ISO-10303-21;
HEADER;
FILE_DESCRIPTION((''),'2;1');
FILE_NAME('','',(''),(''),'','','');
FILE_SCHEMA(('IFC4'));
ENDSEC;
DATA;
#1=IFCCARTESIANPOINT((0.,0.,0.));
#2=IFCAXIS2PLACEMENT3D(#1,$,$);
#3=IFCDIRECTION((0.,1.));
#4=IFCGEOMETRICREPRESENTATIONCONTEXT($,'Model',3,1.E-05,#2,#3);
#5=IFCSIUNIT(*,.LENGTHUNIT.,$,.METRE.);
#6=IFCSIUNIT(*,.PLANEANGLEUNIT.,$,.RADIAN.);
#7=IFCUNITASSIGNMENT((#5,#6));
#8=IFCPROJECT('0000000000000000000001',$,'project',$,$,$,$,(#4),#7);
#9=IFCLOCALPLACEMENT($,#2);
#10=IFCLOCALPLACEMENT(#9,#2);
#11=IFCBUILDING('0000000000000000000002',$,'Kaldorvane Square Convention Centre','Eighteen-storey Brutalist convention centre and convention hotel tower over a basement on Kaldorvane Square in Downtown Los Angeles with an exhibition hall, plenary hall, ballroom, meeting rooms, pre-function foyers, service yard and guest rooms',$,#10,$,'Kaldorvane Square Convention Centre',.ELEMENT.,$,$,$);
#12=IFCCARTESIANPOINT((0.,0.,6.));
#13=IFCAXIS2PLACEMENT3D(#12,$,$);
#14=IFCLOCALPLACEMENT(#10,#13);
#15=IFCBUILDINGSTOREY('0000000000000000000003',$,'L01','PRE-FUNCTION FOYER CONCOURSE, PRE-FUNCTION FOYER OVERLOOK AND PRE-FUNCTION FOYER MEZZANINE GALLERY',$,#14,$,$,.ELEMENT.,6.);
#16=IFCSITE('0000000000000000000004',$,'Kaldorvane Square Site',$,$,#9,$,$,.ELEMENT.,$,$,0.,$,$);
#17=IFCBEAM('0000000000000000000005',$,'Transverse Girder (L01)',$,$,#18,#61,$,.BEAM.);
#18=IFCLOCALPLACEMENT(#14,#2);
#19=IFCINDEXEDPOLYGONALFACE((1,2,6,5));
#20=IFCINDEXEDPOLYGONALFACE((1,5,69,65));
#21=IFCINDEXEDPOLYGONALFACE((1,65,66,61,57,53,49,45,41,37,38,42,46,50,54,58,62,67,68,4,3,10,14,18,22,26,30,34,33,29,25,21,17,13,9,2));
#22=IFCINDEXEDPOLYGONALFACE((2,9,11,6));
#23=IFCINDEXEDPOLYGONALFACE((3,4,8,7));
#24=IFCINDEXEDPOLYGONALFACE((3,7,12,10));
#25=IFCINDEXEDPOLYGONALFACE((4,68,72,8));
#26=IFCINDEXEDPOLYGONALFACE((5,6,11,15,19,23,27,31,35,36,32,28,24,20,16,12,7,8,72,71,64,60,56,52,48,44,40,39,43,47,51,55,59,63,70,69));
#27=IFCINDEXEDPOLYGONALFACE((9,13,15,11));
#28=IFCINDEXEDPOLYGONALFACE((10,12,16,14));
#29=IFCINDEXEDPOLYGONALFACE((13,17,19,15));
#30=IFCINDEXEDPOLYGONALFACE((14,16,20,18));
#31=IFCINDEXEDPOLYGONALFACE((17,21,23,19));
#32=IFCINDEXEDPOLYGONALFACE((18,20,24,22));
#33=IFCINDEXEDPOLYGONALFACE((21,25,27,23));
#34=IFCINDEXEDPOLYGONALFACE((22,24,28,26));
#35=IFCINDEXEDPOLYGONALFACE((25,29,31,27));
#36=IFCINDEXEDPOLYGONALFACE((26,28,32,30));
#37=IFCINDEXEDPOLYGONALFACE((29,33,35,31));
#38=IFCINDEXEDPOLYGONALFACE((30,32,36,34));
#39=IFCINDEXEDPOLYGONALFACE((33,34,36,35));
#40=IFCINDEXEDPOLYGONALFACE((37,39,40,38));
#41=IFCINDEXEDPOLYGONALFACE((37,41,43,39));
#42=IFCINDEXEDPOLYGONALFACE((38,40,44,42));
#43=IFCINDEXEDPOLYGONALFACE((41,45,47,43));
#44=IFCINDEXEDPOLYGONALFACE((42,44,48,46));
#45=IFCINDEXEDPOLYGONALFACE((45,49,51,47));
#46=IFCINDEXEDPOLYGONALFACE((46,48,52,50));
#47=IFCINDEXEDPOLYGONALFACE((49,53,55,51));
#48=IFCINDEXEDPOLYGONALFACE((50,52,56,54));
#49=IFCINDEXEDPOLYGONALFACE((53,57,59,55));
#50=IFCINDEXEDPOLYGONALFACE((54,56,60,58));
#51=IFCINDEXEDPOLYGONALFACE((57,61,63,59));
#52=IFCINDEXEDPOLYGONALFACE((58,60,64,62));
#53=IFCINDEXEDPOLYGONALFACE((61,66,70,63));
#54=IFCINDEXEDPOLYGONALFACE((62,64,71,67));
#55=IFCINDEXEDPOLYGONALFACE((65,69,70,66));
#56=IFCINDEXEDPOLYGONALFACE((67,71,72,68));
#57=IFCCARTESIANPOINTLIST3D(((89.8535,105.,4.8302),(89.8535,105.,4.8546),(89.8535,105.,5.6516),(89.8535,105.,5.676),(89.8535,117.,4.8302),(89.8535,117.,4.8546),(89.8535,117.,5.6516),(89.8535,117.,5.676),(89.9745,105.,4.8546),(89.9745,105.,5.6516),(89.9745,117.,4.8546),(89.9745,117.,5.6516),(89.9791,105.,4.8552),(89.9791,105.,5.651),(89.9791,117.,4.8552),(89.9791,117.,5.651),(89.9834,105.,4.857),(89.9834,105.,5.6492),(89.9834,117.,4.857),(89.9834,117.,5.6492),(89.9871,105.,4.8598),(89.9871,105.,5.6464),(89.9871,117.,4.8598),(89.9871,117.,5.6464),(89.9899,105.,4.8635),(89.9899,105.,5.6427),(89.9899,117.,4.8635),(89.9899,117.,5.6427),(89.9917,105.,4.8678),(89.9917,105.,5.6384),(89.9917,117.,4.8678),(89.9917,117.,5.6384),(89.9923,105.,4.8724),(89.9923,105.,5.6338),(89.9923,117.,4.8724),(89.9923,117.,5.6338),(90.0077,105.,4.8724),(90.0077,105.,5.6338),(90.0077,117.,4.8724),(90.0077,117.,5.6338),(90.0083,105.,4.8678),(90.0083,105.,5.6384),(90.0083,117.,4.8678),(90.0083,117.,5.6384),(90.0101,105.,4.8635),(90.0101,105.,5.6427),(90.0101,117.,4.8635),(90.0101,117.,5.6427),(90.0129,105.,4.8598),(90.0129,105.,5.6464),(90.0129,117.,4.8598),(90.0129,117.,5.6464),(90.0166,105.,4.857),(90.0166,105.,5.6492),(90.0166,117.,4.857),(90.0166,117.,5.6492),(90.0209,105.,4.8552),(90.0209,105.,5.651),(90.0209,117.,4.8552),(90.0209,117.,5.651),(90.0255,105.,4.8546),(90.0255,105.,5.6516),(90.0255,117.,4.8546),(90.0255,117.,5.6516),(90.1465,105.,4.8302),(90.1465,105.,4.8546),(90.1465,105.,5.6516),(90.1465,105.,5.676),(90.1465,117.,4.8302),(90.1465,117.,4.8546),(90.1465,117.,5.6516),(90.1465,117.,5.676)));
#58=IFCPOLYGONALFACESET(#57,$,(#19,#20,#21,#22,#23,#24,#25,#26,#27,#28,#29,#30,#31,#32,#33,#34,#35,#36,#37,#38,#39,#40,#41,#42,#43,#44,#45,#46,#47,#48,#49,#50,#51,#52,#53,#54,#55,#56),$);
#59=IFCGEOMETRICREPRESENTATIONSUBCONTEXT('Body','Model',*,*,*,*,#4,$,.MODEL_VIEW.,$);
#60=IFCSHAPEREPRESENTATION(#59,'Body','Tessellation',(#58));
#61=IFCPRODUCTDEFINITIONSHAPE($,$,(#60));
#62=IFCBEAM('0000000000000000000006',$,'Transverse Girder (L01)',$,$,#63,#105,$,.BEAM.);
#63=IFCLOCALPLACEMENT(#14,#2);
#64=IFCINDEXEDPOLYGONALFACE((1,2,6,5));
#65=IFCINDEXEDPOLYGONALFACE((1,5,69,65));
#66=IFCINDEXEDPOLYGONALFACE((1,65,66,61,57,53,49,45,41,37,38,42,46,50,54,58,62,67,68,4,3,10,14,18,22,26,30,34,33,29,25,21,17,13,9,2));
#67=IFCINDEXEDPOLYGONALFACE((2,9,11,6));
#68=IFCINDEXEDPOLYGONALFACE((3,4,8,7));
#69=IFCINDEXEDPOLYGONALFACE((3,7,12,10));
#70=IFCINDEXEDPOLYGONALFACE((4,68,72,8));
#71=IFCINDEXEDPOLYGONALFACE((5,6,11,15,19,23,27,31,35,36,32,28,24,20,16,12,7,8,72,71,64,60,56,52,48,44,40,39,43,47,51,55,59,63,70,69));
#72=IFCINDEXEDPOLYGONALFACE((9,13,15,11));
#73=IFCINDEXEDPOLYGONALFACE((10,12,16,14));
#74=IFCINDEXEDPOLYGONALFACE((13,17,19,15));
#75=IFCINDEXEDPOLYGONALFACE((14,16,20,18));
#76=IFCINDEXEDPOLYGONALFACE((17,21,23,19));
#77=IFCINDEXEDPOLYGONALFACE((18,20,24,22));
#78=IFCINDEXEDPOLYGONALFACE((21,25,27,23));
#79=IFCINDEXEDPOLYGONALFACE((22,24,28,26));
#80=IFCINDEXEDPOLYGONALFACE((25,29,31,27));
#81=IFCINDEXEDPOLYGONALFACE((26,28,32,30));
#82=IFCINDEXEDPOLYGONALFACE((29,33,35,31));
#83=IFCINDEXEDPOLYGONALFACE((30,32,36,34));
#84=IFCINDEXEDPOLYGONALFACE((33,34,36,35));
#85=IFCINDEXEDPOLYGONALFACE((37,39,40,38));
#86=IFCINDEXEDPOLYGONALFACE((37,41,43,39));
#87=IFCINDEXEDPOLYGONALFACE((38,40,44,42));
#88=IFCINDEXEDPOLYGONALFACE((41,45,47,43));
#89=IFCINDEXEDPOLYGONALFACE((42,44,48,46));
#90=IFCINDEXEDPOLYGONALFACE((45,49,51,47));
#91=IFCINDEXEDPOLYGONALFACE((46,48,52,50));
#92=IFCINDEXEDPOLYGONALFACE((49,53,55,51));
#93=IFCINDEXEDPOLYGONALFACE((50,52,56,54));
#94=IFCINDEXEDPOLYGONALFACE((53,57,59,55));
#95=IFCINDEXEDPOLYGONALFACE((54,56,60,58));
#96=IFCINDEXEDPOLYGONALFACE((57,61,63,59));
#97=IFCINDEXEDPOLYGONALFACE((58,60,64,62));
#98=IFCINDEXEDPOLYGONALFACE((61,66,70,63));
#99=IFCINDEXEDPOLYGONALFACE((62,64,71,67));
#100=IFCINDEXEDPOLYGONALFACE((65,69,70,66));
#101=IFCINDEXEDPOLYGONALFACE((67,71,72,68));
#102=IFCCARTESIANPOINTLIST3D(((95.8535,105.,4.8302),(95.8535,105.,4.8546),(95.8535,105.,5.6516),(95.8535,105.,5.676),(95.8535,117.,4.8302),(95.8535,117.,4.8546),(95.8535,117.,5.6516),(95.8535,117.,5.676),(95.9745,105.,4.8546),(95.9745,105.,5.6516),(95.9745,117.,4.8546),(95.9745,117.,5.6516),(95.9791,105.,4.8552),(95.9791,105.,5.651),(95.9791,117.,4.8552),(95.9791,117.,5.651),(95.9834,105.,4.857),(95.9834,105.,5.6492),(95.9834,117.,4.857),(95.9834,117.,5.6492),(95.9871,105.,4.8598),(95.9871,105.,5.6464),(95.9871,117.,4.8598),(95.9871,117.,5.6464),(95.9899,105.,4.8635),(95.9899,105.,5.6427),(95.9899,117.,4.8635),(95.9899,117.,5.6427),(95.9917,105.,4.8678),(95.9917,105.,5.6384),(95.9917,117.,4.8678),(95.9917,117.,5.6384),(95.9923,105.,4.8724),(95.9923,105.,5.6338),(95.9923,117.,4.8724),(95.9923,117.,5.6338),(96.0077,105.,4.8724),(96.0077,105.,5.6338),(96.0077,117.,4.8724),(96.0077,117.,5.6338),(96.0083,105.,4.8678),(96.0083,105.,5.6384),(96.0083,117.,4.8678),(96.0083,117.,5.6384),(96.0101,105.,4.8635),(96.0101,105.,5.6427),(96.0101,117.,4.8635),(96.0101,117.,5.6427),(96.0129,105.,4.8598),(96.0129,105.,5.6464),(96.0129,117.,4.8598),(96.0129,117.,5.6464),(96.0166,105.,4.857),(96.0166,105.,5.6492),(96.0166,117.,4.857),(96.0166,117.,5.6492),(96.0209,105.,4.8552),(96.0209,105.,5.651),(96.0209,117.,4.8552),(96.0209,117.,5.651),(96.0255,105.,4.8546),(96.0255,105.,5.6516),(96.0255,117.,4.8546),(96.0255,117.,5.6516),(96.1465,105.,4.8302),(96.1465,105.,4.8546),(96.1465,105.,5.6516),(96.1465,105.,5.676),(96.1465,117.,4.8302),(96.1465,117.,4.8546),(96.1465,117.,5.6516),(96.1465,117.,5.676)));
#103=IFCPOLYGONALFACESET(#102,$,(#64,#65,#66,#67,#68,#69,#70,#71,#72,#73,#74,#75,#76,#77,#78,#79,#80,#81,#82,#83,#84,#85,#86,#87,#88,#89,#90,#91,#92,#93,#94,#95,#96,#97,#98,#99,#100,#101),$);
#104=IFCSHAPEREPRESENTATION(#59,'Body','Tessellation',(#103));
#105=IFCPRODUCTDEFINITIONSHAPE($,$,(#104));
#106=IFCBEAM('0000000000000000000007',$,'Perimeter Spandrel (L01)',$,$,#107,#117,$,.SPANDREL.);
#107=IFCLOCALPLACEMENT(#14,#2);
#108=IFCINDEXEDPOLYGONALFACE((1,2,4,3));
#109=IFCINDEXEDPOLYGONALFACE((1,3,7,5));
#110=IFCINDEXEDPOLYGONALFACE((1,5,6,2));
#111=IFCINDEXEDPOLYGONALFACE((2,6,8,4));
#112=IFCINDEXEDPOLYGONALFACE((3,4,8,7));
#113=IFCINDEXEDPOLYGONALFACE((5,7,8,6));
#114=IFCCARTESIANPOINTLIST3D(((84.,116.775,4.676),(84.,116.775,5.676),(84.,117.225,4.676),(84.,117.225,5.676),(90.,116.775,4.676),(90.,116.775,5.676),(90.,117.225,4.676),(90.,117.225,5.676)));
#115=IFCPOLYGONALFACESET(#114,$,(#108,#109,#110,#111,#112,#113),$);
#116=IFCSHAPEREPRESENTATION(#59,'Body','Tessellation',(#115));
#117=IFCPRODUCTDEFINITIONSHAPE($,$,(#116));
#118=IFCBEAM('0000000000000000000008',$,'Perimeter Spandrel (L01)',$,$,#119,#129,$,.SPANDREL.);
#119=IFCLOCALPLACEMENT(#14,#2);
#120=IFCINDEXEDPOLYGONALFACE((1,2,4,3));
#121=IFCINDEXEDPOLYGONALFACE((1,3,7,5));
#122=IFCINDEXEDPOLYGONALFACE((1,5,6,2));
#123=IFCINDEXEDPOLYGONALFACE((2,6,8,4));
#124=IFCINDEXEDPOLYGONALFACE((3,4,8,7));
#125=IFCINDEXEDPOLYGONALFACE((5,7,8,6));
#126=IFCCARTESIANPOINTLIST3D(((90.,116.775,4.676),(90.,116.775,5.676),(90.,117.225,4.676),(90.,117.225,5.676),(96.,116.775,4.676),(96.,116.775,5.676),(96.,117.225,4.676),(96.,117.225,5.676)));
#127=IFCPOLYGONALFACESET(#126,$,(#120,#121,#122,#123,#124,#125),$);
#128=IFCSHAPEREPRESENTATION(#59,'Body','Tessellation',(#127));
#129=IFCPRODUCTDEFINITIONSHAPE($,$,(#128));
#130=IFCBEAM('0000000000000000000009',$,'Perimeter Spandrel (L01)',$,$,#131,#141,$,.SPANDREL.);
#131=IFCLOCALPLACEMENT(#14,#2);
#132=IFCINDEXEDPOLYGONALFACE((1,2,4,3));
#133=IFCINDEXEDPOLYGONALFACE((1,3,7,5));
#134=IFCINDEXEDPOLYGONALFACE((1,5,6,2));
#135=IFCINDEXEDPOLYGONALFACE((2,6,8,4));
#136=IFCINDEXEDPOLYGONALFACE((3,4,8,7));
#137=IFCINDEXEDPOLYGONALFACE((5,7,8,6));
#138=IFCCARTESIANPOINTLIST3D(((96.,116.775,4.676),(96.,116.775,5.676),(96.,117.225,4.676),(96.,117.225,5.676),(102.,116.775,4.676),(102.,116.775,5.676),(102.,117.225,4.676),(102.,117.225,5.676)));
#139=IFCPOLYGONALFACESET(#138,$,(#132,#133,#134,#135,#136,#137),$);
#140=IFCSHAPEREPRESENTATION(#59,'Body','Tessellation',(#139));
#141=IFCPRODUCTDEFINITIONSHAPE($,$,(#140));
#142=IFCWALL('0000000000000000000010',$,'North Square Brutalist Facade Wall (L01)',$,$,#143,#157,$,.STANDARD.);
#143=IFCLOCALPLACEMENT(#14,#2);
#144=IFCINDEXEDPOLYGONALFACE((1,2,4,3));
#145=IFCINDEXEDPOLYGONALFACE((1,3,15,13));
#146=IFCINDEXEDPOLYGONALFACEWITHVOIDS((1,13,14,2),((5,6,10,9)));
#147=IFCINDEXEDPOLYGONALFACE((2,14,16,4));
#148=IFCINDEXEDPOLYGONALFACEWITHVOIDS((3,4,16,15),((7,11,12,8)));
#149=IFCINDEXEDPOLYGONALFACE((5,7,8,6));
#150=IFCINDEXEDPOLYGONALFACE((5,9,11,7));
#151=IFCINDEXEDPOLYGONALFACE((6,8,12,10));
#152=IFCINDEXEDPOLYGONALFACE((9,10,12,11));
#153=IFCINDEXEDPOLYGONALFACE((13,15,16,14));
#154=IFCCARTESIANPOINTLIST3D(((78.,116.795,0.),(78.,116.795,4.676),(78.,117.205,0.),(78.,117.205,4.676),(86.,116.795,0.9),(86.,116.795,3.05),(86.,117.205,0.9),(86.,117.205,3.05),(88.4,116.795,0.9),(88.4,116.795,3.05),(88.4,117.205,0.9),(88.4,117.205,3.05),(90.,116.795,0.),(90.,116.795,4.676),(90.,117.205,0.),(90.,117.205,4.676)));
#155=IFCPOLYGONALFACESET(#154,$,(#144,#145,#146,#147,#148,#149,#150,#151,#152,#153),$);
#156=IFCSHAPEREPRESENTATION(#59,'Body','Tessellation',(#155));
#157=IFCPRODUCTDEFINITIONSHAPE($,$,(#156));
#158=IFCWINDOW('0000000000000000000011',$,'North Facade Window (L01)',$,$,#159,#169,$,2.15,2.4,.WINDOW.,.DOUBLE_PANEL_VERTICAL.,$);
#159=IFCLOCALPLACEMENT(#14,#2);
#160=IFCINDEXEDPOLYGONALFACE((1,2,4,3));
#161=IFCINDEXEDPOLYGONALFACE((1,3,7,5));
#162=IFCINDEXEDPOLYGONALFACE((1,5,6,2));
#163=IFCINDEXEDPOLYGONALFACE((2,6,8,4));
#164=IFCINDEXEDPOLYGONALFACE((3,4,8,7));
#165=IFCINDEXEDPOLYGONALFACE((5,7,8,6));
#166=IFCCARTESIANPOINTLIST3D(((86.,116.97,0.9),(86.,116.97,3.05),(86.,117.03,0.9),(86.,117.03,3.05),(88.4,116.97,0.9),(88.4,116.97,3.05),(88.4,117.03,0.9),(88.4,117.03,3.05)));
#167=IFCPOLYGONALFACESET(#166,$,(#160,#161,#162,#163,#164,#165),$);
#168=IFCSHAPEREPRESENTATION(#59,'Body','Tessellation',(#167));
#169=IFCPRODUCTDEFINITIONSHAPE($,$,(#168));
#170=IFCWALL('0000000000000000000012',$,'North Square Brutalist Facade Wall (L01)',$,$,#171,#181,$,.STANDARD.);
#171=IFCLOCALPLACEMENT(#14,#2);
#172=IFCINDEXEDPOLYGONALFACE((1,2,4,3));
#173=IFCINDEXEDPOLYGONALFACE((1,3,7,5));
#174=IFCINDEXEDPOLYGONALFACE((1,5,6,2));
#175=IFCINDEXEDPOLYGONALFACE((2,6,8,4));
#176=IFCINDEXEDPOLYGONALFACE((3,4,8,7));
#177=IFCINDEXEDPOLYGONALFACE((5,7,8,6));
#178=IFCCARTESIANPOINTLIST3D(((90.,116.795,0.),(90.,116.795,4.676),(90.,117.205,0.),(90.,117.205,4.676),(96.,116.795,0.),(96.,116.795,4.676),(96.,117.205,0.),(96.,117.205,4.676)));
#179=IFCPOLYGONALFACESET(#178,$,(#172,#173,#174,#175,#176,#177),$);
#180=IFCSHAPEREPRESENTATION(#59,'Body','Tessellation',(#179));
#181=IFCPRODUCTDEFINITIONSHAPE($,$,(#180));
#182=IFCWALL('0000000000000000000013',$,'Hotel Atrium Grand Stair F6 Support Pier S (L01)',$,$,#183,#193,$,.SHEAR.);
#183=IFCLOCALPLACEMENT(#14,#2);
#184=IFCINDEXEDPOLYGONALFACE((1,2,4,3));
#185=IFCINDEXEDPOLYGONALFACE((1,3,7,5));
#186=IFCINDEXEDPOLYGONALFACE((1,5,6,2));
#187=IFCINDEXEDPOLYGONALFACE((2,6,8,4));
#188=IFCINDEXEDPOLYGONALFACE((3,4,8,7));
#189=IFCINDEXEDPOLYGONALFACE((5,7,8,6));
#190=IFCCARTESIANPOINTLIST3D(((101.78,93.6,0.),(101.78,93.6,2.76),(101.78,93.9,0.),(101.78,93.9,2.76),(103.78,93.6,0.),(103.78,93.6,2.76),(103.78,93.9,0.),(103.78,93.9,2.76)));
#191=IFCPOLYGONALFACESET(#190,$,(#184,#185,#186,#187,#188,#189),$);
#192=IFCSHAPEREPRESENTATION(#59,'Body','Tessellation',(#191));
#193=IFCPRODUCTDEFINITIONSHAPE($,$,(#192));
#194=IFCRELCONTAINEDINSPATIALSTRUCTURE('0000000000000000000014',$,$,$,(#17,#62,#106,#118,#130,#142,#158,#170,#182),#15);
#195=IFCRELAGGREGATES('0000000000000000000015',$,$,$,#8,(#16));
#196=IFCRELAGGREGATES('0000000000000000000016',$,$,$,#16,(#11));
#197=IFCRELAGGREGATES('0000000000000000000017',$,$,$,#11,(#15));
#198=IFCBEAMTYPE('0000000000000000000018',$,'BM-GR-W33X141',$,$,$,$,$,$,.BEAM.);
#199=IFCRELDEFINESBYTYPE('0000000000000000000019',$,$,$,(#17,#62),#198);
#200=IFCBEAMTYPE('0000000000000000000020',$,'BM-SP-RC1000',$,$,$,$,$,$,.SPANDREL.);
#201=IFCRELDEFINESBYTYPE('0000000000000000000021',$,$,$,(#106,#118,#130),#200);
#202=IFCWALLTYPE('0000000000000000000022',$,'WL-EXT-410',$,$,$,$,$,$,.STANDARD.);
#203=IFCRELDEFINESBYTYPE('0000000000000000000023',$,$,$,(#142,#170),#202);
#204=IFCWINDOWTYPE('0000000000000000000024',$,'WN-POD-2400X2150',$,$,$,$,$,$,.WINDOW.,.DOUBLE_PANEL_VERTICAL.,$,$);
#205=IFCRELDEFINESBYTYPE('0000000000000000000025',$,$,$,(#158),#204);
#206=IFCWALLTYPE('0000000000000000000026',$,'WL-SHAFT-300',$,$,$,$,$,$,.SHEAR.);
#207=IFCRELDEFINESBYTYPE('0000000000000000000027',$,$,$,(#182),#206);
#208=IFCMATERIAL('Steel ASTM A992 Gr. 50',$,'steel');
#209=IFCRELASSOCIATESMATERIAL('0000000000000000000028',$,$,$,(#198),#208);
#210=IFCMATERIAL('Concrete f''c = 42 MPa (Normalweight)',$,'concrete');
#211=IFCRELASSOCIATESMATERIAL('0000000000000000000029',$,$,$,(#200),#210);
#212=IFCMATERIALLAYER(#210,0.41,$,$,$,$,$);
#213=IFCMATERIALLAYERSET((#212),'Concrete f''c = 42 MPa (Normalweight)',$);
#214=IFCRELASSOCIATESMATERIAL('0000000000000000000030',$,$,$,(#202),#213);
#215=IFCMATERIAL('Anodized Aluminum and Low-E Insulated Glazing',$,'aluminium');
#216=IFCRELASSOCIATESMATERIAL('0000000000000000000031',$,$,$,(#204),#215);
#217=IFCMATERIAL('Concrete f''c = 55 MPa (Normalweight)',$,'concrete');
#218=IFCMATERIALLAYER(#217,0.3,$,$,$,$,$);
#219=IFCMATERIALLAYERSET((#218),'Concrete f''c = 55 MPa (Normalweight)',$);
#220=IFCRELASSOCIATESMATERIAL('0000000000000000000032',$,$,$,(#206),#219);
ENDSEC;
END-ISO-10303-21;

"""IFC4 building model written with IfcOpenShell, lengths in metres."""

from ifc_helpers import new_model, si_unit, direction, frame, frame_2d, origin, origin_2d, place, context, subcontext, project, spatial, rectangle, i_section, extrude, material, layer, layer_set, material_profile, profile_set, type_object, element, fill, save


model = new_model("IFC4")

# Units and contexts
model_context = context("Model", 3, precision=1e-05, world=origin(), true_north=direction((0.0, 1.0)))
body_context = subcontext(model_context, "Body", "Model", "MODEL_VIEW")
ifc_project = project(units=[si_unit("LENGTHUNIT", "METRE"), si_unit("PLANEANGLEUNIT", "RADIAN")], contexts=[model_context])

# Site, building, storey
site_placement = place(None, origin())
site = spatial("IfcSite", under=ifc_project, at=site_placement, Name="Kaldorvane Square Site", CompositionType="ELEMENT", RefElevation=0.0)
building_placement = place(site_placement, origin())
building = spatial("IfcBuilding", under=site, at=building_placement, Name="Kaldorvane Square Convention Centre", Description="Eighteen-storey Brutalist convention centre and convention hotel tower over a basement on Kaldorvane Square in Downtown Los Angeles with an exhibition hall, plenary hall, ballroom, meeting rooms, pre-function foyers, service yard and guest rooms", LongName="Kaldorvane Square Convention Centre", CompositionType="ELEMENT")
storey_placement = place(building_placement, frame((0.0, 0.0, 6.0)))
storey = spatial("IfcBuildingStorey", under=building, at=storey_placement, Name="L01", Description="PRE-FUNCTION FOYER CONCOURSE, PRE-FUNCTION FOYER OVERLOOK AND PRE-FUNCTION FOYER MEZZANINE GALLERY", CompositionType="ELEMENT", Elevation=6.0)

# Shared definitions
ifc_material_1 = material(Name="Concrete f'c = 55 MPa (Normalweight)", Category="concrete")
ifc_material_2 = material(Name="Steel ASTM A992 Gr. 50", Category="steel")

# Beams
ifc_material_profile_1 = material_profile(ifc_material_2, i_section(OverallWidth=0.293, OverallDepth=0.8458, WebThickness=0.0154, FlangeThickness=0.0244, FilletRadius=0.0178, at=origin_2d()), Name="W33X141")
ifc_profile_set_1 = profile_set([ifc_material_profile_1], Name="Steel ASTM A992 Gr. 50")
beam_type_1 = type_object("IfcBeamType", Name="BM-GR-W33X141", PredefinedType="BEAM", material=ifc_profile_set_1)
for number, where, z_axis, x_axis, name in (
    (1, (90.0, 105.0, 5.2531), (0.0, 1.0, 0.0), (-1.0, 0.0, 0.0), "Transverse Girder (L01)"),
    (2, (96.0, 105.0, 5.2531), (0.0, 1.0, 0.0), (-1.0, 0.0, 0.0), "Transverse Girder (L01)"),
):
    element("IfcBeam", number, at=place(storey_placement, frame(where, z_axis=z_axis, x_axis=x_axis)), inside=storey, type_object=beam_type_1, Name=name, PredefinedType="BEAM", context=body_context, shape_type="SweptSolid", body=[
        extrude(i_section(OverallWidth=0.293, OverallDepth=0.8458, WebThickness=0.0154, FlangeThickness=0.0244, FilletRadius=0.0178, at=origin_2d()), origin(), (0.0, 0.0, 1.0), 12.0),
    ])
ifc_material_3 = material(Name="Concrete f'c = 42 MPa (Normalweight)", Category="concrete")
ifc_material_profile_2 = material_profile(ifc_material_3, rectangle(XDim=0.45, YDim=1.0, at=origin_2d()), Name="RCSP1000X450")
ifc_profile_set_2 = profile_set([ifc_material_profile_2], Name="Concrete f'c = 42 MPa (Normalweight)")
beam_type_2 = type_object("IfcBeamType", Name="BM-SP-RC1000", PredefinedType="SPANDREL", material=ifc_profile_set_2)
for number, where, z_axis, x_axis, name in (
    (3, (84.0, 117.0, 5.176), (1.0, 0.0, 0.0), (0.0, 1.0, 0.0), "Perimeter Spandrel (L01)"),
    (4, (90.0, 117.0, 5.176), (1.0, 0.0, 0.0), (0.0, 1.0, 0.0), "Perimeter Spandrel (L01)"),
    (5, (96.0, 117.0, 5.176), (1.0, 0.0, 0.0), (0.0, 1.0, 0.0), "Perimeter Spandrel (L01)"),
):
    element("IfcBeam", number, at=place(storey_placement, frame(where, z_axis=z_axis, x_axis=x_axis)), inside=storey, type_object=beam_type_2, Name=name, PredefinedType="SPANDREL", context=body_context, shape_type="SweptSolid", body=[
        extrude(rectangle(XDim=0.45, YDim=1.0, at=origin_2d()), origin(), (0.0, 0.0, 1.0), 6.0),
    ])

# Wall, opening, window
ifc_layer_1 = layer(ifc_material_3, 0.41)
ifc_layer_set_1 = layer_set([ifc_layer_1], Name="Concrete f'c = 42 MPa (Normalweight)")
wall_type_1 = type_object("IfcWallType", Name="WL-EXT-410", PredefinedType="STANDARD", material=ifc_layer_set_1)
wall_1_placement = place(storey_placement, frame((90.0, 117.0, 0.0), z_axis=(0.0, 0.0, 1.0), x_axis=(-1.0, 0.0, 0.0)))
wall_1 = element("IfcWall", 6, at=wall_1_placement, inside=storey, type_object=wall_type_1, Name="North Square Brutalist Facade Wall (L01)", PredefinedType="STANDARD", context=body_context, shape_type="SweptSolid", body=[
    extrude(rectangle(XDim=12.0, YDim=0.41, at=frame_2d((6.0, 0.0))), origin(), (0.0, 0.0, 1.0), 4.676),
])
opening_placement = place(wall_1_placement, frame((1.6, 0.0, 0.9)))
opening = element("IfcOpeningElement", 7, at=opening_placement, cuts=wall_1, PredefinedType="OPENING", context=body_context, shape_type="SweptSolid", body=[
    extrude(rectangle(XDim=2.4, YDim=2.15, at=frame_2d((1.2, 1.075))), frame((0.0, 0.22, 0.0), z_axis=(0.0, -1.0, 0.0), x_axis=(1.0, 0.0, 0.0)), (0.0, 0.0, 1.0), 0.44),
])
ifc_material_4 = material(Name="Anodized Aluminum and Low-E Insulated Glazing", Category="aluminium")
window_type = type_object("IfcWindowType", Name="WN-POD-2400X2150", PartitioningType="DOUBLE_PANEL_VERTICAL", PredefinedType="WINDOW", material=ifc_material_4)
window_placement = place(opening_placement, origin())
window = element("IfcWindow", 8, at=window_placement, inside=storey, type_object=window_type, Name="North Facade Window (L01)", OverallHeight=2.15, OverallWidth=2.4, PartitioningType="DOUBLE_PANEL_VERTICAL", PredefinedType="WINDOW", context=body_context, shape_type="SweptSolid", body=[
    extrude(rectangle(XDim=2.4, YDim=2.15, at=frame_2d((1.2, 1.075))), frame((0.0, 0.03, 0.0), z_axis=(0.0, -1.0, 0.0), x_axis=(1.0, 0.0, 0.0)), (0.0, 0.0, 1.0), 0.06),
])
fill(opening, window)

# Walls
wall_2_placement = place(storey_placement, frame((96.0, 117.0, 0.0), z_axis=(0.0, 0.0, 1.0), x_axis=(-1.0, 0.0, 0.0)))
element("IfcWall", 9, at=wall_2_placement, inside=storey, type_object=wall_type_1, Name="North Square Brutalist Facade Wall (L01)", PredefinedType="STANDARD", context=body_context, shape_type="SweptSolid", body=[
    extrude(rectangle(XDim=6.0, YDim=0.41, at=frame_2d((3.0, 0.0))), origin(), (0.0, 0.0, 1.0), 4.676),
])
ifc_layer_2 = layer(ifc_material_1, 0.3)
ifc_layer_set_2 = layer_set([ifc_layer_2], Name="Concrete f'c = 55 MPa (Normalweight)")
wall_type_2 = type_object("IfcWallType", Name="WL-SHAFT-300", PredefinedType="SHEAR", material=ifc_layer_set_2)
for number, where, z_axis, x_axis, name in (
    (10, (101.78, 93.75, 0.0), (0.0, 0.0, 1.0), (1.0, 0.0, 0.0), "Hotel Atrium Grand Stair F6 Support Pier S (L01)"),
):
    element("IfcWall", number, at=place(storey_placement, frame(where, z_axis=z_axis, x_axis=x_axis)), inside=storey, type_object=wall_type_2, Name=name, PredefinedType="SHEAR", context=body_context, shape_type="SweptSolid", body=[
        extrude(rectangle(XDim=2.0, YDim=0.3, at=frame_2d((1.0, 0.0))), origin(), (0.0, 0.0, 1.0), 2.76),
    ])

save(model, "model.ifc")
